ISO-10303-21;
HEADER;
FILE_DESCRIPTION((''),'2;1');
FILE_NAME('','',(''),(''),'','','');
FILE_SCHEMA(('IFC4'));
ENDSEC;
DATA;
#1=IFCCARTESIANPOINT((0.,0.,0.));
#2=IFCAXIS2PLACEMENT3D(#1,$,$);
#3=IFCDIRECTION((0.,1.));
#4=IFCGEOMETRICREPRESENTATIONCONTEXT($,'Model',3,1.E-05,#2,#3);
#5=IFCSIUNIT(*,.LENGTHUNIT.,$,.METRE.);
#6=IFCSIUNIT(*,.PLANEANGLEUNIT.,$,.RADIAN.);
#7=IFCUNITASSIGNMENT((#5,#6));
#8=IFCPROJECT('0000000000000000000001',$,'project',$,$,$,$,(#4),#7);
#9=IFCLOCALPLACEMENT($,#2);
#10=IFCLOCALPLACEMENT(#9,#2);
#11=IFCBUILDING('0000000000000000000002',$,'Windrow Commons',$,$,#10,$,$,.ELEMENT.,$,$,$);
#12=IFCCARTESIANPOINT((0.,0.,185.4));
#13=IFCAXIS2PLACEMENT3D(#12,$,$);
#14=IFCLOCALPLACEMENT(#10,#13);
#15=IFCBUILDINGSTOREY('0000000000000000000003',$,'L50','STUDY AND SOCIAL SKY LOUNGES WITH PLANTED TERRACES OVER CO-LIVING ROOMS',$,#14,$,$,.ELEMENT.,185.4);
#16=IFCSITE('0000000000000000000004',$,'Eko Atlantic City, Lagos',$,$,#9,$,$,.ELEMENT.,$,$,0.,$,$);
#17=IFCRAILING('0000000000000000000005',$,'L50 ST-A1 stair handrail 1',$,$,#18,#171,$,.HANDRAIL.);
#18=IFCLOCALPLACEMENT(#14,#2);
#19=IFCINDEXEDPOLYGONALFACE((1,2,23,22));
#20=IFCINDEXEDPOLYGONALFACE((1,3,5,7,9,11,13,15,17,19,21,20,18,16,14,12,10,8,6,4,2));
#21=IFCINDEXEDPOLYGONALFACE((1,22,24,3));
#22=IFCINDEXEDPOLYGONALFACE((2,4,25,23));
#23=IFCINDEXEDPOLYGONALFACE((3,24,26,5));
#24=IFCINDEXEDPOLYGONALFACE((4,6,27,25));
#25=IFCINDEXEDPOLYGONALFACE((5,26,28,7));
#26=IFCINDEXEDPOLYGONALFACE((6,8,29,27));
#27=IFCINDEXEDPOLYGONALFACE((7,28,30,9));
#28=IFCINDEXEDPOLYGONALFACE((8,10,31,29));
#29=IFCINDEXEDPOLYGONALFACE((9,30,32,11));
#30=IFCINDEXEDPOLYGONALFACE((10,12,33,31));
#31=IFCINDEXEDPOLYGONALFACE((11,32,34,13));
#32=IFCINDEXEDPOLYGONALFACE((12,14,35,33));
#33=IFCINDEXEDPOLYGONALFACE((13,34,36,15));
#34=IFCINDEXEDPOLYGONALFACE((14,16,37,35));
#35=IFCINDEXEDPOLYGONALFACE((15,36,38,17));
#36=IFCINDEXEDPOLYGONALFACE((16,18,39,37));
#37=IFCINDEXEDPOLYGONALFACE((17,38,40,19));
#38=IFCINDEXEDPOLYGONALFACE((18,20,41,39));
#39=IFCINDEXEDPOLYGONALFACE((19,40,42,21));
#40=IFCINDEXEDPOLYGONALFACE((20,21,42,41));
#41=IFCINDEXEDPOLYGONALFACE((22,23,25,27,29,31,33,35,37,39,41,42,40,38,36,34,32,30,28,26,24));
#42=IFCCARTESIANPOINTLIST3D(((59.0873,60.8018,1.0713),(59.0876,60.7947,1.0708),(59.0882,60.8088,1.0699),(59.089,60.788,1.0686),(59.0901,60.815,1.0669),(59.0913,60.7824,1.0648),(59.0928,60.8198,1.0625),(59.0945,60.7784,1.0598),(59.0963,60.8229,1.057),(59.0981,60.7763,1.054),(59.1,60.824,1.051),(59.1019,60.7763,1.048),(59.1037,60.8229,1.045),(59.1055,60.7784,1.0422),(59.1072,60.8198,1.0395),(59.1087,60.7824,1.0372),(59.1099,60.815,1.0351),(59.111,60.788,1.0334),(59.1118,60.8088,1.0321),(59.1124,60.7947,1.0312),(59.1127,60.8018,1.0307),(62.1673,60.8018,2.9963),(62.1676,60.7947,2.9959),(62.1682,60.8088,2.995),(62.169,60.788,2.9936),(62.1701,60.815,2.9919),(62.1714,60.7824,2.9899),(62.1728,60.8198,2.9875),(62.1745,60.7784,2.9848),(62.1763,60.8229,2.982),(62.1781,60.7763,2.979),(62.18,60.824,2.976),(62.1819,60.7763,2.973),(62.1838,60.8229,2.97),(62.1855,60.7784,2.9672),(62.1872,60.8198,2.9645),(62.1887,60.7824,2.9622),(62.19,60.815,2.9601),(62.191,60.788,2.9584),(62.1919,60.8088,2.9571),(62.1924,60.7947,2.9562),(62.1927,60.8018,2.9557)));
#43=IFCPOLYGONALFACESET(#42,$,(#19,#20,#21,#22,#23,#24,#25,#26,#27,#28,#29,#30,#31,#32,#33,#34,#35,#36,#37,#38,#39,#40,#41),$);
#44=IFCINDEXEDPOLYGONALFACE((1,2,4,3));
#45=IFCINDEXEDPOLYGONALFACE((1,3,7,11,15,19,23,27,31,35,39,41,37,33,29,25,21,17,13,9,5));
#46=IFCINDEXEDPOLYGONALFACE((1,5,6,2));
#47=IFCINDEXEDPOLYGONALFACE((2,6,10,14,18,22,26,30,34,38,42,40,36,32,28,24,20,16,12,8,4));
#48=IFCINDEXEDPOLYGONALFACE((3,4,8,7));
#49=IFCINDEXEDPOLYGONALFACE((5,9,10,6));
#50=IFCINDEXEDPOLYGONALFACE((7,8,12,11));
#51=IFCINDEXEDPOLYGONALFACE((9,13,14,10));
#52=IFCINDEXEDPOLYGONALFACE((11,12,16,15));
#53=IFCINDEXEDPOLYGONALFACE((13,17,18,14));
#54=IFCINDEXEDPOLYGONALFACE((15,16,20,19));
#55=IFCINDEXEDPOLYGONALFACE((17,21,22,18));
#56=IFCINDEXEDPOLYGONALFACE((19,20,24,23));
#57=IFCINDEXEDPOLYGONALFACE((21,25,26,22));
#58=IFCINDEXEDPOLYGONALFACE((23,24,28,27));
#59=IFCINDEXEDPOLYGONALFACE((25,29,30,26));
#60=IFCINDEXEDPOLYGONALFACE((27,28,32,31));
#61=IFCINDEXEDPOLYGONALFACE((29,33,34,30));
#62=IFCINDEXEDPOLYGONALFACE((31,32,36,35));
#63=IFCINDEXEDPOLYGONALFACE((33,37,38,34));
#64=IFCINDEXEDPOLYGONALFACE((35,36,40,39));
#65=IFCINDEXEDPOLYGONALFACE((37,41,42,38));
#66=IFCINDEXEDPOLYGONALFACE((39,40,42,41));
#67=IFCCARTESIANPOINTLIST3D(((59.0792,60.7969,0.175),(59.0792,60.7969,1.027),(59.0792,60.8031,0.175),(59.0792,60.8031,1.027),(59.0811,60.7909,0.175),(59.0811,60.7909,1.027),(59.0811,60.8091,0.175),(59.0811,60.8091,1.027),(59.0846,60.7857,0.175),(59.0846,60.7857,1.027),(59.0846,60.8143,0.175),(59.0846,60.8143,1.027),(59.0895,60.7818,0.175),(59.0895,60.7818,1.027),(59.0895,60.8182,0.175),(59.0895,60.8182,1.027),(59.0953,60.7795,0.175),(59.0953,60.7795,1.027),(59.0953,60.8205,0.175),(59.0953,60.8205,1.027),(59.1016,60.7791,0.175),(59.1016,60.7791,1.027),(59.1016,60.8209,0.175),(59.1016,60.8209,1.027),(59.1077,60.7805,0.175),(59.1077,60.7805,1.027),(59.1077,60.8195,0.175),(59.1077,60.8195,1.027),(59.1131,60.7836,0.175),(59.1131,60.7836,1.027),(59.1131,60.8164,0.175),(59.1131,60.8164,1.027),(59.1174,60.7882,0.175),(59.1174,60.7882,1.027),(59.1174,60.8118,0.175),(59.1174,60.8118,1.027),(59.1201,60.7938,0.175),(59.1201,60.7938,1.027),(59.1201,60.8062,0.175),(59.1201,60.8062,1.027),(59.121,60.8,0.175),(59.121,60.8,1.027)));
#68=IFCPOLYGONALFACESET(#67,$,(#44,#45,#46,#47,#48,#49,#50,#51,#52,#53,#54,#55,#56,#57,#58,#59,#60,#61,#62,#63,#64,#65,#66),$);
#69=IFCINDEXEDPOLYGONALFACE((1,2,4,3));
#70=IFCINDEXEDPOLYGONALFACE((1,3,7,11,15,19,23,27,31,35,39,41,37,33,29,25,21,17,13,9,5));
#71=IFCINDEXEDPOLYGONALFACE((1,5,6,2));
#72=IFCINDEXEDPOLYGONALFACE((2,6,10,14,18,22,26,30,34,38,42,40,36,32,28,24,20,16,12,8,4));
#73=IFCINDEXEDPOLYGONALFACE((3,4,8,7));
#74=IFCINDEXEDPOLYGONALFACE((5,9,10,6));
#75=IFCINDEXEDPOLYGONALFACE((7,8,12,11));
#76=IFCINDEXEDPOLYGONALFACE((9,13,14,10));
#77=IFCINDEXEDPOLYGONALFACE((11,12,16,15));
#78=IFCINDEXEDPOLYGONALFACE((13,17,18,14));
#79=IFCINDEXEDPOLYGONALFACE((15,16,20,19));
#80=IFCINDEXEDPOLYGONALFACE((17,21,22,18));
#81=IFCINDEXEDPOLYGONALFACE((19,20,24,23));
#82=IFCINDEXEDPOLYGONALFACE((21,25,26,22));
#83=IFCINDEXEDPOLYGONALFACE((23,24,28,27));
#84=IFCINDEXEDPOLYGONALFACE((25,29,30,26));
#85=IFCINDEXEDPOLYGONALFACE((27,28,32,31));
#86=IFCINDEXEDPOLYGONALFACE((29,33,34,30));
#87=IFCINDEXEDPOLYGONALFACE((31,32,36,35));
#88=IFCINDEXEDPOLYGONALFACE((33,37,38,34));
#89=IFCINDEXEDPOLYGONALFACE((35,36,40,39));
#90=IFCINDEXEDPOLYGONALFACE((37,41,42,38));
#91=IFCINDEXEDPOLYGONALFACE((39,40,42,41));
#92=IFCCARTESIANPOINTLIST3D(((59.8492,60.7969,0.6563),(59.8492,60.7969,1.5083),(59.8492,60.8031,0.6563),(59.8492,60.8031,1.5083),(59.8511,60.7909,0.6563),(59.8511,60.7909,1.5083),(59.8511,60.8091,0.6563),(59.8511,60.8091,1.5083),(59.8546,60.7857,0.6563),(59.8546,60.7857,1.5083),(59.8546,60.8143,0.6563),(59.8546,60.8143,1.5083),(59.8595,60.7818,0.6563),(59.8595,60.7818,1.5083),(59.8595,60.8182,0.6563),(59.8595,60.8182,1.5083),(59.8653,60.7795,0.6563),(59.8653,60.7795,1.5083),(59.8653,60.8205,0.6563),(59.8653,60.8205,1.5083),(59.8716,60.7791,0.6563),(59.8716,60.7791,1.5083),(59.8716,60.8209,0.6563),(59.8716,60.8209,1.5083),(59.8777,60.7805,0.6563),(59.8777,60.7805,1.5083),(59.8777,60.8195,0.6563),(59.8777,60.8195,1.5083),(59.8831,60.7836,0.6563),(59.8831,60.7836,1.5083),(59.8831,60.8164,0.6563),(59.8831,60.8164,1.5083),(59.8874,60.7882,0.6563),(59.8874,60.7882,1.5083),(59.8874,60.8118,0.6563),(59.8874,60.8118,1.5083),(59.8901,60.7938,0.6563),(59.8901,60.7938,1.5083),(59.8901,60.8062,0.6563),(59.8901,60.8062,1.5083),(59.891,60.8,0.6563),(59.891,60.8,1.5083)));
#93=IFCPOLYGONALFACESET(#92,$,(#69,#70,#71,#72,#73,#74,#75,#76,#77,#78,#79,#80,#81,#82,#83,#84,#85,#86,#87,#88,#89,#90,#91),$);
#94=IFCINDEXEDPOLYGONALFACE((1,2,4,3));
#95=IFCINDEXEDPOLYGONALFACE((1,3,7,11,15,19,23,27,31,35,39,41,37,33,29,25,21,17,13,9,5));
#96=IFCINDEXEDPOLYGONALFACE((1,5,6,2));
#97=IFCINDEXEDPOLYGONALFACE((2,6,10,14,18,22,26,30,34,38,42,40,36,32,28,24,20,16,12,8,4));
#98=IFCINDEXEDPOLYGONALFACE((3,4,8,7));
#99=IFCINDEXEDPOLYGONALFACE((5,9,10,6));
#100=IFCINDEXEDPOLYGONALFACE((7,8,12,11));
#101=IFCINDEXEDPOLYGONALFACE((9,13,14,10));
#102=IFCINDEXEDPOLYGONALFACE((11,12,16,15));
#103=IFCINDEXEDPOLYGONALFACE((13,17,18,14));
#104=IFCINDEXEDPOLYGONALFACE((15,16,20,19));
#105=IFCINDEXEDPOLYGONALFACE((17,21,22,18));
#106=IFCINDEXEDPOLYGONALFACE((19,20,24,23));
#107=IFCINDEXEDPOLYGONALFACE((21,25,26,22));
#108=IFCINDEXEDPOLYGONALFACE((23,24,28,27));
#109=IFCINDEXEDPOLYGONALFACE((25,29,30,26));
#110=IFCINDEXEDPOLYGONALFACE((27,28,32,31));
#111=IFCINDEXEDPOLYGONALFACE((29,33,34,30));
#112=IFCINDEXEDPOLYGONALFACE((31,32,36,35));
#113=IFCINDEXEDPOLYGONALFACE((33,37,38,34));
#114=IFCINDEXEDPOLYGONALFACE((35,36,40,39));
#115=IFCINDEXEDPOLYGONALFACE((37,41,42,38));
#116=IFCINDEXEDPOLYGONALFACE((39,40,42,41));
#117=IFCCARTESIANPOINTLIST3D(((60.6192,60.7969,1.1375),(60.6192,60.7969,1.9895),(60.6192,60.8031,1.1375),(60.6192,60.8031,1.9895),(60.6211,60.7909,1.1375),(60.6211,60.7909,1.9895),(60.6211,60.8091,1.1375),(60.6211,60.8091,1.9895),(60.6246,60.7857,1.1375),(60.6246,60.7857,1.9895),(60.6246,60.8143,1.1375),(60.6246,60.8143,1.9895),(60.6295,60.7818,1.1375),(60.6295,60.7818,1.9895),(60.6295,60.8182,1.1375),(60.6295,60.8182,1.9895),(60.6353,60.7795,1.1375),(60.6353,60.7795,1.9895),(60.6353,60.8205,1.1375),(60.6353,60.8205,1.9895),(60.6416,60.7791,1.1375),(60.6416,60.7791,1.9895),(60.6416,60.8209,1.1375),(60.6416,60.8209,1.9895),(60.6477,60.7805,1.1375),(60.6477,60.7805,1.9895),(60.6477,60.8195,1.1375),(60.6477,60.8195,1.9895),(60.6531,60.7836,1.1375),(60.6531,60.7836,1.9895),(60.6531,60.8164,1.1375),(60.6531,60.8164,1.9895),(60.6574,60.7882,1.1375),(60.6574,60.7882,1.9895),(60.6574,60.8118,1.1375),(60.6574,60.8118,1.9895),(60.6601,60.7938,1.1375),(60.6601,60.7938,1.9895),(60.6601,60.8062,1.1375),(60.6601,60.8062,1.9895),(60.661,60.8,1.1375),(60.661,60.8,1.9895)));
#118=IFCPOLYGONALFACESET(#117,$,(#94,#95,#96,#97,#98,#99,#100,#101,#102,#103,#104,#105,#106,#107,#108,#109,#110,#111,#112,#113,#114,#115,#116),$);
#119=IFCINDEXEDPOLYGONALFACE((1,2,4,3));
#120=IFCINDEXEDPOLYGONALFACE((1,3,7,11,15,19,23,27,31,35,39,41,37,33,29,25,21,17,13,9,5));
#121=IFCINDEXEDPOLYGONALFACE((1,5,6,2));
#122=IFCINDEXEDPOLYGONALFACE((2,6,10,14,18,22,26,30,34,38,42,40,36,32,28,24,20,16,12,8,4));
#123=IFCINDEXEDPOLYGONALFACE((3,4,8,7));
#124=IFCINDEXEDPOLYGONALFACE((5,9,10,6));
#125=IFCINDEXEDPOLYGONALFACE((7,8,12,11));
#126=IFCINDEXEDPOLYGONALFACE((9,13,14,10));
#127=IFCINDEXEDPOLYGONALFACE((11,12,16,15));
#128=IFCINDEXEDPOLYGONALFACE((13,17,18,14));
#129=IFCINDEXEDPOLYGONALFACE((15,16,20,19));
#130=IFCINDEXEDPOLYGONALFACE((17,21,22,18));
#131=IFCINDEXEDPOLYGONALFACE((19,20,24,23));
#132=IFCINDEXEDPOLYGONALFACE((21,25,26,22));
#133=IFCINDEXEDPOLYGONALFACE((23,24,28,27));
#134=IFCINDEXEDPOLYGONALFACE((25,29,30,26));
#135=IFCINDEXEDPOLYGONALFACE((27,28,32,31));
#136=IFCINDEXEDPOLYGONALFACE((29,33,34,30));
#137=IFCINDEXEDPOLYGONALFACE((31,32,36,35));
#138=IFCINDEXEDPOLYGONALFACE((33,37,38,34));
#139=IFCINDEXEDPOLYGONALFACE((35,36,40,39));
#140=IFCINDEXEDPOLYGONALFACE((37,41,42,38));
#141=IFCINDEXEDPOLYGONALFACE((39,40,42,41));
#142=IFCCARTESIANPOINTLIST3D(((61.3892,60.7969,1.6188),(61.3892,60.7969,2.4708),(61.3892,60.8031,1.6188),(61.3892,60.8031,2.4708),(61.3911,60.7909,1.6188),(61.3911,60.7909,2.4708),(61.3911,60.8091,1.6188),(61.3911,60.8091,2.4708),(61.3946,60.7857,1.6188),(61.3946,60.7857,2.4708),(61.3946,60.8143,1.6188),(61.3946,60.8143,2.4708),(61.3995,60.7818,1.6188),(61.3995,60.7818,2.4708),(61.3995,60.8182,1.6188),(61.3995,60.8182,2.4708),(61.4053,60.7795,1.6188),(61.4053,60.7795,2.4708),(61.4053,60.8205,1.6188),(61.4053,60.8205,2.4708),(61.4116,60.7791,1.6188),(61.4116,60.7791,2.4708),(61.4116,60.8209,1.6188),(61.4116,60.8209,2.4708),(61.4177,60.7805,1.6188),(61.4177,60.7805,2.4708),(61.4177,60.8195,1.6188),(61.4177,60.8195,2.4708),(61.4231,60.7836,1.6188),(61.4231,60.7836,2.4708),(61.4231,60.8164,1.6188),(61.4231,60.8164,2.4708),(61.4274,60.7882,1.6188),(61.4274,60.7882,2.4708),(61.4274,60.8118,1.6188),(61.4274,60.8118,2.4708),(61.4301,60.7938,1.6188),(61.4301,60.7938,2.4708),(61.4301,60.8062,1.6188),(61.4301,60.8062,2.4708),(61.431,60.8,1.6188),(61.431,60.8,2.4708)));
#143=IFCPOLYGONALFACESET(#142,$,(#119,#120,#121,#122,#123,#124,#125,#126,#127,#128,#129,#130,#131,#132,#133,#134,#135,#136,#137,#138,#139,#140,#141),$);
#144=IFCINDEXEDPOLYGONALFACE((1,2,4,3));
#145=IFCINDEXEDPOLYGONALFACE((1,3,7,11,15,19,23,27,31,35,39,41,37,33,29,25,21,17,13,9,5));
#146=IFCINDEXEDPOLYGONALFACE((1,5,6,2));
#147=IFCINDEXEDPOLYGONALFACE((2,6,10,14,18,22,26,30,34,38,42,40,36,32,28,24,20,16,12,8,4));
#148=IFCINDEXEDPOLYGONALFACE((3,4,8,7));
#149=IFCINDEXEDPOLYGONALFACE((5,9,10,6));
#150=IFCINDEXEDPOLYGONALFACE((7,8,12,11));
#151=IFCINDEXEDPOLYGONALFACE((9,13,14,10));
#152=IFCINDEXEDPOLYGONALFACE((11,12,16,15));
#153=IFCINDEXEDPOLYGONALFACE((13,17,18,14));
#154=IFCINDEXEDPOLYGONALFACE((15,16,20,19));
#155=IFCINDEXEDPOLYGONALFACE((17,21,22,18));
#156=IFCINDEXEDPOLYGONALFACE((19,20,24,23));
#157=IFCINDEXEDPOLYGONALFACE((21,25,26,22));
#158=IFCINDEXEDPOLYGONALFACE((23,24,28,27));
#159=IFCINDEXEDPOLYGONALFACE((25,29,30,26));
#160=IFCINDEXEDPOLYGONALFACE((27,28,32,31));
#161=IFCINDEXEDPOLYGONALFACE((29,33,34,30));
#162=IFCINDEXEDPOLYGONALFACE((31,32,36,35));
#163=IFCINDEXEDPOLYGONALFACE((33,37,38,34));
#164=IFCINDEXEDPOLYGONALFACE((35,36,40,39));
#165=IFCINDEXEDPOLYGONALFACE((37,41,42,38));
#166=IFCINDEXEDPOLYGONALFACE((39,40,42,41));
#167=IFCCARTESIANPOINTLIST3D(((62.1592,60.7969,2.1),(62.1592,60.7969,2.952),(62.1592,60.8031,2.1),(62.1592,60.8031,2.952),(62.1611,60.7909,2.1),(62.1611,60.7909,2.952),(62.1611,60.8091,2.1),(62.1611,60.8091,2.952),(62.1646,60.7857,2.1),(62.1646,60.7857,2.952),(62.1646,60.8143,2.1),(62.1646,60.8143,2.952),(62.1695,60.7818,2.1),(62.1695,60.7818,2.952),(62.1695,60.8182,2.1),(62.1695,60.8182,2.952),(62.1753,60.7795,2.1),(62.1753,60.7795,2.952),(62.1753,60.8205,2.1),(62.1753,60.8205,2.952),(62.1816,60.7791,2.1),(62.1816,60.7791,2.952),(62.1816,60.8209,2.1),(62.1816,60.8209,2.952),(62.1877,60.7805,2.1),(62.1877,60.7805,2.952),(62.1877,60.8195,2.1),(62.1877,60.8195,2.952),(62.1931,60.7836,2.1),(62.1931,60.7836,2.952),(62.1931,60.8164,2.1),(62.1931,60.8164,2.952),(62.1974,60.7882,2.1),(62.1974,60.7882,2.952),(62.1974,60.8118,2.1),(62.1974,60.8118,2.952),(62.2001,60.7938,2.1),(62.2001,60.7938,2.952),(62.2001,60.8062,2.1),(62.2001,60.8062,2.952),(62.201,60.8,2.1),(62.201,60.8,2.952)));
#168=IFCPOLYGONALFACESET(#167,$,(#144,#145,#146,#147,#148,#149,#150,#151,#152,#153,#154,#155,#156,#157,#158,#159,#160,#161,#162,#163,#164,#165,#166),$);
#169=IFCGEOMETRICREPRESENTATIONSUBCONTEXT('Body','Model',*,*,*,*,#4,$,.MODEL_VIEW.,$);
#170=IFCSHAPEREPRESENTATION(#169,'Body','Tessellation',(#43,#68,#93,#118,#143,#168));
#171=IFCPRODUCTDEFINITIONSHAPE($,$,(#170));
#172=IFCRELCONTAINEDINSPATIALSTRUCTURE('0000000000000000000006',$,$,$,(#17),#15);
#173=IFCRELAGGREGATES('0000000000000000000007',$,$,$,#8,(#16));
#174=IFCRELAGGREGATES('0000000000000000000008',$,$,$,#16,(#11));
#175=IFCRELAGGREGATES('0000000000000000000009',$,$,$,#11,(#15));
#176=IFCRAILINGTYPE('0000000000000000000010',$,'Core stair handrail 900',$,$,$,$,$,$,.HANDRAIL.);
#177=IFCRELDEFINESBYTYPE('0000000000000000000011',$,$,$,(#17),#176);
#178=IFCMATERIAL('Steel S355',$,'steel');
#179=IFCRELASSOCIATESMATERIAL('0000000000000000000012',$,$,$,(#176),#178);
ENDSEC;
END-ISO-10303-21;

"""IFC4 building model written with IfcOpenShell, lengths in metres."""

from ifc_helpers import new_model, si_unit, direction, frame, origin, origin_2d, place, context, subcontext, project, spatial, circle, extrude, material, type_object, element, save


model = new_model("IFC4")

# Units and contexts
model_context = context("Model", 3, precision=1e-05, world=origin(), true_north=direction((0.0, 1.0)))
body_context = subcontext(model_context, "Body", "Model", "MODEL_VIEW")
ifc_project = project(units=[si_unit("LENGTHUNIT", "METRE"), si_unit("PLANEANGLEUNIT", "RADIAN")], contexts=[model_context])

# Site, building, storey
site_placement = place(None, origin())
site = spatial("IfcSite", under=ifc_project, at=site_placement, Name="Eko Atlantic City, Lagos", CompositionType="ELEMENT", RefElevation=0.0)
building_placement = place(site_placement, origin())
building = spatial("IfcBuilding", under=site, at=building_placement, Name="Windrow Commons", CompositionType="ELEMENT")
storey_placement = place(building_placement, frame((0.0, 0.0, 185.4)))
storey = spatial("IfcBuildingStorey", under=building, at=storey_placement, Name="L50", Description="STUDY AND SOCIAL SKY LOUNGES WITH PLANTED TERRACES OVER CO-LIVING ROOMS", CompositionType="ELEMENT", Elevation=185.4)

# Railing
ifc_material_1 = material(Name="Steel S355", Category="steel")
railing_type = type_object("IfcRailingType", Name="Core stair handrail 900", PredefinedType="HANDRAIL", material=ifc_material_1)
railing_placement = place(storey_placement, frame((59.1, 60.8, 0.175)))
element("IfcRailing", 1, at=railing_placement, inside=storey, type_object=railing_type, Name="L50 ST-A1 stair handrail 1", PredefinedType="HANDRAIL", context=body_context, shape_type="SweptSolid", body=[
    extrude(circle(Radius=0.024, at=origin_2d()), frame((0.0, 0.0, 0.876), z_axis=(0.847998, 0.0, 0.529999), x_axis=(0.0, 1.0, 0.0)), (0.0, 0.0, 1.0), 3.6321),
    extrude(circle(Radius=0.021, at=origin_2d()), origin(), (0.0, 0.0, 1.0), 0.852),
    extrude(circle(Radius=0.021, at=origin_2d()), frame((0.77, 0.0, 0.4813)), (0.0, 0.0, 1.0), 0.852),
    extrude(circle(Radius=0.021, at=origin_2d()), frame((1.54, 0.0, 0.9625)), (0.0, 0.0, 1.0), 0.852),
    extrude(circle(Radius=0.021, at=origin_2d()), frame((2.31, 0.0, 1.4438)), (0.0, 0.0, 1.0), 0.852),
    extrude(circle(Radius=0.021, at=origin_2d()), frame((3.08, 0.0, 1.925)), (0.0, 0.0, 1.0), 0.852),
])

save(model, "model.ifc")
